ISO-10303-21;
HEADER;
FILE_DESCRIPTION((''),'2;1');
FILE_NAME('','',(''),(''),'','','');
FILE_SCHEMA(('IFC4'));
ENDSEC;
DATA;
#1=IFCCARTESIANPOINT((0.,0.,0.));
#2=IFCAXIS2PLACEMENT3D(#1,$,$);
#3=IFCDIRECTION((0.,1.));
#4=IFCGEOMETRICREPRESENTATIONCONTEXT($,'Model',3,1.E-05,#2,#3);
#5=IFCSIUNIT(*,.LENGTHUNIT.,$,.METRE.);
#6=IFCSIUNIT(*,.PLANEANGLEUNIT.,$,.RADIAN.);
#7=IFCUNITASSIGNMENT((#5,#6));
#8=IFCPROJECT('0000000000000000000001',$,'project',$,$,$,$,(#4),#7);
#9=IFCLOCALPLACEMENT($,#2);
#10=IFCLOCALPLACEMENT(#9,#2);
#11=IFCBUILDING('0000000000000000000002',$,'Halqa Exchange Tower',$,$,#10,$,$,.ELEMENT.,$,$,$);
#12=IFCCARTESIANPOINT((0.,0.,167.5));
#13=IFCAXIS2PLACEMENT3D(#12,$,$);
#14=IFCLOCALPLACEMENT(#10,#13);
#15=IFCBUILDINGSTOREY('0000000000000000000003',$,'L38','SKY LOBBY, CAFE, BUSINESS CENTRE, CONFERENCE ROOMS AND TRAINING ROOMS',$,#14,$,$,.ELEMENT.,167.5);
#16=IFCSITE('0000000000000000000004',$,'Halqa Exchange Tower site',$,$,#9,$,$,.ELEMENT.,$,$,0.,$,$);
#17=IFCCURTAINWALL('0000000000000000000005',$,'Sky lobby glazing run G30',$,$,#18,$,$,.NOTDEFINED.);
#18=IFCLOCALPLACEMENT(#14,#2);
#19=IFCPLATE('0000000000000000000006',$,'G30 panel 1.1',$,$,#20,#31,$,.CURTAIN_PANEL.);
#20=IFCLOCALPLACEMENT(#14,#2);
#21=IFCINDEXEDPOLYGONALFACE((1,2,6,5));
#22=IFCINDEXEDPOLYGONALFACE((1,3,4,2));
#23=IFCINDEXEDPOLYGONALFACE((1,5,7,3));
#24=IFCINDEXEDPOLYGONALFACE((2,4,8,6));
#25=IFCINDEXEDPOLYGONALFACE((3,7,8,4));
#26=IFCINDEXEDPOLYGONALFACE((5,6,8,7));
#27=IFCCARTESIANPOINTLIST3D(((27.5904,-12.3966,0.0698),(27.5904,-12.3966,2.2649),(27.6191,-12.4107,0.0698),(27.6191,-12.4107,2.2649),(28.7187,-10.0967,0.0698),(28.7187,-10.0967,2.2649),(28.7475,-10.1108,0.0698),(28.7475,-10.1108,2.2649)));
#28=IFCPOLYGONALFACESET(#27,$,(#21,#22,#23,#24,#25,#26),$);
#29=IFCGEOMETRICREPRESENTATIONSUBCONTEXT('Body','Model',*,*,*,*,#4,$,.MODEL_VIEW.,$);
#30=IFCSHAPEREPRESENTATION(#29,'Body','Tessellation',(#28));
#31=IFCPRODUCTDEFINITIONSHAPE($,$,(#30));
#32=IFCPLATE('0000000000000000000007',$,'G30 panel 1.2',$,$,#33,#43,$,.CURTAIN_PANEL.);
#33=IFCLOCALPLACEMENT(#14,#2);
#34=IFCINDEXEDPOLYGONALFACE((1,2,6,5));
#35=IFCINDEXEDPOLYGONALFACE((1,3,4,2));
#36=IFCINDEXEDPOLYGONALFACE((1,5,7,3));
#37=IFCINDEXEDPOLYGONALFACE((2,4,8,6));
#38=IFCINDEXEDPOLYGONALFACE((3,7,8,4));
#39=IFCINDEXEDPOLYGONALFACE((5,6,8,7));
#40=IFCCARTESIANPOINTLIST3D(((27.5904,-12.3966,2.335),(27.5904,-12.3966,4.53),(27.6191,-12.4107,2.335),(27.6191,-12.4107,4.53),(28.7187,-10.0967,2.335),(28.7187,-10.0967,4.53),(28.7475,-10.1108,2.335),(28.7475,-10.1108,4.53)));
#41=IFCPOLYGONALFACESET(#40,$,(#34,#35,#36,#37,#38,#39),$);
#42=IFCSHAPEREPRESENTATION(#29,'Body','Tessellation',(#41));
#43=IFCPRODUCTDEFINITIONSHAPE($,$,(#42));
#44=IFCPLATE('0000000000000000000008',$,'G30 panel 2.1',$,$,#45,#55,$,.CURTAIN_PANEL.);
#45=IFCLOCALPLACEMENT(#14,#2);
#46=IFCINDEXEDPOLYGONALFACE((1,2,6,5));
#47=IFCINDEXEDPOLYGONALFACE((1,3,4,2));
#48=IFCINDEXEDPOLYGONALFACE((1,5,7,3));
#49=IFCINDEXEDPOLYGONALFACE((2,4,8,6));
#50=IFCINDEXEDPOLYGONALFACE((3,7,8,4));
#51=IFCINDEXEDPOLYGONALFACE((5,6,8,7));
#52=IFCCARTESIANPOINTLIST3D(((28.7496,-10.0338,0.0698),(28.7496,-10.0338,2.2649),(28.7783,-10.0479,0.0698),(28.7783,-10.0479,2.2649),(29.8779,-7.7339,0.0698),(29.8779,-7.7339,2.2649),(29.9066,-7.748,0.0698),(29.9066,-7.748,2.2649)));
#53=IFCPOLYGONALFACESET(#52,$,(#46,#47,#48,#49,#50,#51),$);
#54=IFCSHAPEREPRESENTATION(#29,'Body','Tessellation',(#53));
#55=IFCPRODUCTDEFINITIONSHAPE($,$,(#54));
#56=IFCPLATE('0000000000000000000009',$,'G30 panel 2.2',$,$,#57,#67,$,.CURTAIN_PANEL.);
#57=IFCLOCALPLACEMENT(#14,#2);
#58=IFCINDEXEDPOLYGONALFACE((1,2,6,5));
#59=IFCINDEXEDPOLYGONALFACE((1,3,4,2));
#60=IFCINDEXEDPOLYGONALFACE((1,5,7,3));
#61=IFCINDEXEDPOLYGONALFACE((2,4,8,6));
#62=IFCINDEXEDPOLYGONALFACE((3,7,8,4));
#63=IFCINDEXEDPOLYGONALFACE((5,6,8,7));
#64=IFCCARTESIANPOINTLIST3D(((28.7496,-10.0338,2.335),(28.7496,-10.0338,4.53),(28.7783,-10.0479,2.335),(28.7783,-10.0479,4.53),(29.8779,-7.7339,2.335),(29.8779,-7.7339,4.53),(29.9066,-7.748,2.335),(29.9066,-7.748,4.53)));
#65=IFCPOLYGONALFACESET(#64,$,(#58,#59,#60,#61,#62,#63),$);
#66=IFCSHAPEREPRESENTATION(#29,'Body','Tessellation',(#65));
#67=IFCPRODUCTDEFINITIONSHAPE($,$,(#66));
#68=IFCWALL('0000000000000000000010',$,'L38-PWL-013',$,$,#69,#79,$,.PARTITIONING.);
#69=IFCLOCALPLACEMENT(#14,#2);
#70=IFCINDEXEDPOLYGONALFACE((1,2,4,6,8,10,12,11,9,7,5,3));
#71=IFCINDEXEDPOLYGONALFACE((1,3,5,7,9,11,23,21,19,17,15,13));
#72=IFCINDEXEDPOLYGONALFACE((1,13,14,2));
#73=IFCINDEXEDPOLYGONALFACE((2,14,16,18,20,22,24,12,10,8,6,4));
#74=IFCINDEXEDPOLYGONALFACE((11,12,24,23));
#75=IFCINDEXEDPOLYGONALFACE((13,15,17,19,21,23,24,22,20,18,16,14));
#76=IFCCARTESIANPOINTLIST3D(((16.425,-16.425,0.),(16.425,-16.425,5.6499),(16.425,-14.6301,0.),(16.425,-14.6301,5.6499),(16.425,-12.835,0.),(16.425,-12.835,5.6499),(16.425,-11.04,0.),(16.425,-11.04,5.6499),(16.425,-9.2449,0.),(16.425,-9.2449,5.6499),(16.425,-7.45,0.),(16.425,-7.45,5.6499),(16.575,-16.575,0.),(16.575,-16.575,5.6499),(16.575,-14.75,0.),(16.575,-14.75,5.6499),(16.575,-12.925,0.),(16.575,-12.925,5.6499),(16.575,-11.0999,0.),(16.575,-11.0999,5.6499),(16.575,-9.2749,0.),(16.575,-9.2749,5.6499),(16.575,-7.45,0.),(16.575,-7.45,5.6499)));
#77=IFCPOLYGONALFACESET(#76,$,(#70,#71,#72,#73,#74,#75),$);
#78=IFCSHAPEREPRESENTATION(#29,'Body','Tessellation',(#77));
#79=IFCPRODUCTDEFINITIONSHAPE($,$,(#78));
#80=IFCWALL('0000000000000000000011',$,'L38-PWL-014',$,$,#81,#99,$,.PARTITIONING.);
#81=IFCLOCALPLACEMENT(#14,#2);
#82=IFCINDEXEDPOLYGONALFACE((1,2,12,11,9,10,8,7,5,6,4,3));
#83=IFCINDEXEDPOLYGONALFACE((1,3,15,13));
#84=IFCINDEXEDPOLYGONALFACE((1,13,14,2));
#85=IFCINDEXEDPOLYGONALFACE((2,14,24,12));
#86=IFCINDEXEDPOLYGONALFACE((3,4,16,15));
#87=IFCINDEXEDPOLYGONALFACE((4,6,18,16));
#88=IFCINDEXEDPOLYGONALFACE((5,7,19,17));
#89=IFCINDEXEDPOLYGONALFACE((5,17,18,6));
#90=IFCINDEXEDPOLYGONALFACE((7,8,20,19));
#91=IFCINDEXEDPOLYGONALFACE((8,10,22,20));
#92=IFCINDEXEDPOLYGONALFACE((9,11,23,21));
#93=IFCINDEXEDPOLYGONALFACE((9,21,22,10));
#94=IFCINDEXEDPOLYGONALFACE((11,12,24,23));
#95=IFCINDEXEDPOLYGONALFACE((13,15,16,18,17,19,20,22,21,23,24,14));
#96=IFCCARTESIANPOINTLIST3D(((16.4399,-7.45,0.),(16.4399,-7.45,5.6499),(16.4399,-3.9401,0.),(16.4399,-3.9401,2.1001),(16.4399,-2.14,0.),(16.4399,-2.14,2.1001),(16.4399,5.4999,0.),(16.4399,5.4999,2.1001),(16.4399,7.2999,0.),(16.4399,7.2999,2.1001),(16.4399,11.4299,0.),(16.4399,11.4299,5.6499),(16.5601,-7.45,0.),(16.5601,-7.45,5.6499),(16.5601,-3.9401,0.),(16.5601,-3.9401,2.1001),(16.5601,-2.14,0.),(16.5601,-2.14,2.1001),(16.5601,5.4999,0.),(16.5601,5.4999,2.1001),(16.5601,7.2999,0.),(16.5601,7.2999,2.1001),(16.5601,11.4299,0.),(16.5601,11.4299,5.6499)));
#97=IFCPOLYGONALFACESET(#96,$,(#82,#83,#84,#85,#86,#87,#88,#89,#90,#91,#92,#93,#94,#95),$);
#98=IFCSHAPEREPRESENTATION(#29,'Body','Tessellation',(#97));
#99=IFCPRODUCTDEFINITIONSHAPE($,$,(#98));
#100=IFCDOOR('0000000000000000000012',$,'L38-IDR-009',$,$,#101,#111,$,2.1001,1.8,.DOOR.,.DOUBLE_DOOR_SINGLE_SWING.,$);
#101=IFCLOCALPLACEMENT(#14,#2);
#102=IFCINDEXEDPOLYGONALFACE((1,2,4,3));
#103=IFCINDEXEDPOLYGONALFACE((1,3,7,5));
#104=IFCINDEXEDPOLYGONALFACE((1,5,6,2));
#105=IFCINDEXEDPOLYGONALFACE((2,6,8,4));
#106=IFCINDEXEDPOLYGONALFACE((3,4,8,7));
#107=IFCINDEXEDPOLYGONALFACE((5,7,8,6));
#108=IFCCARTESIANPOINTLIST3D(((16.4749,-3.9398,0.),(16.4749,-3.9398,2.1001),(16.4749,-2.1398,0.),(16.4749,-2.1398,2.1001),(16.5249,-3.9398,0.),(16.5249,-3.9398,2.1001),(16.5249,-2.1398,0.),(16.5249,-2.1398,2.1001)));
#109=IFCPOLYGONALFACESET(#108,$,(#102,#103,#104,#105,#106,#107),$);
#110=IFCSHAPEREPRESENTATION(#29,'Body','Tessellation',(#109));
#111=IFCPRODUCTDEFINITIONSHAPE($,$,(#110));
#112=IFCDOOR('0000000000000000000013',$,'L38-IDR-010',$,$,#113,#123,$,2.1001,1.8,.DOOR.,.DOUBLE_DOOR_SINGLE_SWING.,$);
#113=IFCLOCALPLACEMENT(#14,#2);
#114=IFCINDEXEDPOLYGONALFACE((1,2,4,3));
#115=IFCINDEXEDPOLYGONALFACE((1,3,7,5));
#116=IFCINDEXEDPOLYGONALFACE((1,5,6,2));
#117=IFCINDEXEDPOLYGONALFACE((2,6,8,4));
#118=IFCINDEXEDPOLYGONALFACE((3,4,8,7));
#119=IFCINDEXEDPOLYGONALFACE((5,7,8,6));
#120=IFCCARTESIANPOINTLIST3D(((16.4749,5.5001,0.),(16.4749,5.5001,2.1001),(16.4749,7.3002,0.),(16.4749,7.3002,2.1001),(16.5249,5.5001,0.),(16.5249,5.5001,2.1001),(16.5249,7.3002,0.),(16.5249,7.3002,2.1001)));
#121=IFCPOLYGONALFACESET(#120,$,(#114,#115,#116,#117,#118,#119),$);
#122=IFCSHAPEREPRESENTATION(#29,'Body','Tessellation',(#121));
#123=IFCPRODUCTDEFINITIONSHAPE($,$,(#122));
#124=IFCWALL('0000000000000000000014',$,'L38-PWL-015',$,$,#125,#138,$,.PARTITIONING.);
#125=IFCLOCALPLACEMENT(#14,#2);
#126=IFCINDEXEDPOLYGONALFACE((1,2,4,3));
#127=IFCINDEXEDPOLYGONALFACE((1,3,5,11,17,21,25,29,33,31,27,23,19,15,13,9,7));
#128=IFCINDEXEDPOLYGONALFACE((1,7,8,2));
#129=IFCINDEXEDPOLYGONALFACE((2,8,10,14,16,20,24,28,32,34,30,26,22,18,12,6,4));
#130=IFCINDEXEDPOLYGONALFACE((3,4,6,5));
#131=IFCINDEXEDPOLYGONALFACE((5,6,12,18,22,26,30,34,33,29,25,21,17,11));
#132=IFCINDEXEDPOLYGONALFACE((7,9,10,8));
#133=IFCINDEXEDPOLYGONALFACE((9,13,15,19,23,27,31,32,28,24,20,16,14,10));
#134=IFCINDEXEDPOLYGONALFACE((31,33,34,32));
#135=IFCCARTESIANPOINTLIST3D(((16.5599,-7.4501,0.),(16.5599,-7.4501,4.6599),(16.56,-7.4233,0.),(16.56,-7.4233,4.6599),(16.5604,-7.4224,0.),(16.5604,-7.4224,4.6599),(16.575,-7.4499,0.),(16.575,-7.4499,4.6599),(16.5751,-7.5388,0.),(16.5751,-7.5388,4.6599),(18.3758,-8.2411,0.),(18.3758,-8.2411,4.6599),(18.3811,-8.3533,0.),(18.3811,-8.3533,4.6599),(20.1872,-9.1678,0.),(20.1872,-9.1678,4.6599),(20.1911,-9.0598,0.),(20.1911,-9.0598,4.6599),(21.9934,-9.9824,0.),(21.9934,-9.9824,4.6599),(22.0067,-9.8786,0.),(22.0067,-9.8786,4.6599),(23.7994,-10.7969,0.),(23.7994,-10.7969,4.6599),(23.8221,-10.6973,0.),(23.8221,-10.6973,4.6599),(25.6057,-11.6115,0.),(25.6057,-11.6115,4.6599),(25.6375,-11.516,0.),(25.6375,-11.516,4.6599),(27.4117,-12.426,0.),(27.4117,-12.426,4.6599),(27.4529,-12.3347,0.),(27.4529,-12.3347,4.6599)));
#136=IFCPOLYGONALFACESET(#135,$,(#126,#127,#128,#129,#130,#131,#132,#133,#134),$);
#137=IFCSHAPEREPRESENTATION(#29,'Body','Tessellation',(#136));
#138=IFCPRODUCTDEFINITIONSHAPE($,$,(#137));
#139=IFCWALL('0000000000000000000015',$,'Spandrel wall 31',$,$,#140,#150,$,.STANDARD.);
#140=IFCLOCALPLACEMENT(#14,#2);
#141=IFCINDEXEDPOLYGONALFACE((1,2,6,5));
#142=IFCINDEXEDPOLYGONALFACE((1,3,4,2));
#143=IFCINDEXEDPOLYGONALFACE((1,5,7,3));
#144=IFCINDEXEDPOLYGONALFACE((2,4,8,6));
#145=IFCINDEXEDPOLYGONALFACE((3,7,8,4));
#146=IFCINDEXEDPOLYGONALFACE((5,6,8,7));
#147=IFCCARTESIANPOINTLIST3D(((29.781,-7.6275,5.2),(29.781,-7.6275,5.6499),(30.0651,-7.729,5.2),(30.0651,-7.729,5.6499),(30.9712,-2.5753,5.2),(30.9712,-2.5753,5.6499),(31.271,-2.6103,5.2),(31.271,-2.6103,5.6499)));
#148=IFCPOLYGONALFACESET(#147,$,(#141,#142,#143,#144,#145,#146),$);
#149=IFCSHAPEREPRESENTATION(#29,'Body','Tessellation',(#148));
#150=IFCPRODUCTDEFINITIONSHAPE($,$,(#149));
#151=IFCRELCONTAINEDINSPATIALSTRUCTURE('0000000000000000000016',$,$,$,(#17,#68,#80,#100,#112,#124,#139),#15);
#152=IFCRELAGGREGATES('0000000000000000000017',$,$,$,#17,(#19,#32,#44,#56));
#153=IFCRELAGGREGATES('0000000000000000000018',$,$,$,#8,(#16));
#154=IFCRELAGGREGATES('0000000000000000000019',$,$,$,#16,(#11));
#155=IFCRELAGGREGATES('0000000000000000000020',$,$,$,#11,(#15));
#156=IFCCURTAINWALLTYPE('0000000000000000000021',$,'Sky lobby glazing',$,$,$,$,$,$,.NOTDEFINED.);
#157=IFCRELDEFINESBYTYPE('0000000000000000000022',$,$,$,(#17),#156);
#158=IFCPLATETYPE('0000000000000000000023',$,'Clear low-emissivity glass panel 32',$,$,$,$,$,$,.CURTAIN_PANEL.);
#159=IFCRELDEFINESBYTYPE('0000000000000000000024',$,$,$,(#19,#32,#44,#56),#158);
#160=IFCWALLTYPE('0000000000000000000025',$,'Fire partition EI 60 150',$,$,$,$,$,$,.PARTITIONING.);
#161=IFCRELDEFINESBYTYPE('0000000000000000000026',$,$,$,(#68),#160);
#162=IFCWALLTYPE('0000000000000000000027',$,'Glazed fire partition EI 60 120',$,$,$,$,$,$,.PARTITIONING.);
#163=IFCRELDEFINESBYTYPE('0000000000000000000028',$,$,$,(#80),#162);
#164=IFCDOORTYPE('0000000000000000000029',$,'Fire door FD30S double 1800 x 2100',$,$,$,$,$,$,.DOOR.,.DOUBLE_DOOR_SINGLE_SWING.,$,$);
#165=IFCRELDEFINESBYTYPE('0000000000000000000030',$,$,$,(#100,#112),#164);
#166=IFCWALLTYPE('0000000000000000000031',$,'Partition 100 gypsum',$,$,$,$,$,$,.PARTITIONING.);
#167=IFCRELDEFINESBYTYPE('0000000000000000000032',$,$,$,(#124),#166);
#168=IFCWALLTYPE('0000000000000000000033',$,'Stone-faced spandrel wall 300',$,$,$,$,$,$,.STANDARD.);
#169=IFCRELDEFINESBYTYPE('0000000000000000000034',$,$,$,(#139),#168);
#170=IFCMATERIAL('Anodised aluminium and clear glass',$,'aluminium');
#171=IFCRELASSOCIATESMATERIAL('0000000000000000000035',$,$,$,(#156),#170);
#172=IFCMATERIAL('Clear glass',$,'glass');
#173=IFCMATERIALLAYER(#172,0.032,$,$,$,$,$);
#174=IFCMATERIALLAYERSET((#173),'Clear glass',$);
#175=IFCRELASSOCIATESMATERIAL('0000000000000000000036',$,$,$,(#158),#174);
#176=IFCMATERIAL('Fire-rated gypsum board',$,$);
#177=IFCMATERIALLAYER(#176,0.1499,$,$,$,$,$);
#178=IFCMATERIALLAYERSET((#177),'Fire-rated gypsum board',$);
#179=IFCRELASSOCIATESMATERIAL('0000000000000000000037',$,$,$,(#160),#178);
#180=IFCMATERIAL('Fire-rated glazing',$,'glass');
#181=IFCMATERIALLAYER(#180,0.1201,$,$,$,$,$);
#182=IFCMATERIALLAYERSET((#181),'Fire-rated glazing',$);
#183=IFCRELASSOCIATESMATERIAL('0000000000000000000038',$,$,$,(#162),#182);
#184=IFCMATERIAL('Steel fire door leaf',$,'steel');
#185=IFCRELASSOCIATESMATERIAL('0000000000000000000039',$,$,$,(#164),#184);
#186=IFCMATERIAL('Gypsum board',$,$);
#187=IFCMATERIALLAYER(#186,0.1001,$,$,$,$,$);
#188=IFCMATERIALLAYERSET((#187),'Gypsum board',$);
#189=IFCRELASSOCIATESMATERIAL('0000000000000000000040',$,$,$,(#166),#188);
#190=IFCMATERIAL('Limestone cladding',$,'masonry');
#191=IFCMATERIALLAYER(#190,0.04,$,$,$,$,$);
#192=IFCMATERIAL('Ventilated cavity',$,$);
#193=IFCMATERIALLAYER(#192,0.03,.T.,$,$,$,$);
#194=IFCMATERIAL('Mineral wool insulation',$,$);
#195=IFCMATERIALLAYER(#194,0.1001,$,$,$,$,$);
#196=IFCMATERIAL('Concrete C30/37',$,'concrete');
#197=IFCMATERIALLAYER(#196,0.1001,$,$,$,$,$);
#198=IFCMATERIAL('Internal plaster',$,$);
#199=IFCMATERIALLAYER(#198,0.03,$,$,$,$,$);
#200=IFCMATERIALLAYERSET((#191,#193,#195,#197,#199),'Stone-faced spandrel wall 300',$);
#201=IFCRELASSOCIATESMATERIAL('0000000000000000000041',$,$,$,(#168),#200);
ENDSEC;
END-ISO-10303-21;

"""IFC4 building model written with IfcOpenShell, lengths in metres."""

from ifc_helpers import new_model, si_unit, direction, frame, frame_2d, origin, origin_2d, place, context, subcontext, project, spatial, polyline, rectangle, outline, extrude, material, layer, layer_set, type_object, element, fill, aggregate, save


model = new_model("IFC4")

# Units and contexts
model_context = context("Model", 3, precision=1e-05, world=origin(), true_north=direction((0.0, 1.0)))
body_context = subcontext(model_context, "Body", "Model", "MODEL_VIEW")
ifc_project = project(units=[si_unit("LENGTHUNIT", "METRE"), si_unit("PLANEANGLEUNIT", "RADIAN")], contexts=[model_context])

# Site, building, storey
site_placement = place(None, origin())
site = spatial("IfcSite", under=ifc_project, at=site_placement, Name="Halqa Exchange Tower site", CompositionType="ELEMENT", RefElevation=0.0)
building_placement = place(site_placement, origin())
building = spatial("IfcBuilding", under=site, at=building_placement, Name="Halqa Exchange Tower", CompositionType="ELEMENT")
storey_placement = place(building_placement, frame((0.0, 0.0, 167.5)))
storey = spatial("IfcBuildingStorey", under=building, at=storey_placement, Name="L38", Description="SKY LOBBY, CAFE, BUSINESS CENTRE, CONFERENCE ROOMS AND TRAINING ROOMS", CompositionType="ELEMENT", Elevation=167.5)

# Curtain wall
ifc_material_1 = material(Name="Anodised aluminium and clear glass", Category="aluminium")
curtain_wall_type = type_object("IfcCurtainWallType", Name="Sky lobby glazing", PredefinedType="NOTDEFINED", material=ifc_material_1)
curtain_wall_1_placement = place(storey_placement, origin())
curtain_wall_1 = element("IfcCurtainWall", 1, at=curtain_wall_1_placement, inside=storey, type_object=curtain_wall_type, Name="Sky lobby glazing run G30", PredefinedType="NOTDEFINED")

# Plates
ifc_material_2 = material(Name="Clear glass", Category="glass")
ifc_layer_1 = layer(ifc_material_2, 0.032)
ifc_layer_set_1 = layer_set([ifc_layer_1], Name="Clear glass")
plate_type = type_object("IfcPlateType", Name="Clear low-emissivity glass panel 32", PredefinedType="CURTAIN_PANEL", material=ifc_layer_set_1)
plate_1_placement = place(storey_placement, frame((28.1689, -11.2537, 0.0698), z_axis=(0.0, 0.0, 1.0), x_axis=(0.440444, 0.89778, 0.0)))
plate_1 = element("IfcPlate", 2, at=plate_1_placement, type_object=plate_type, Name="G30 panel 1.1", PredefinedType="CURTAIN_PANEL", context=body_context, shape_type="SweptSolid", body=[
    extrude(rectangle(XDim=2.5618, YDim=0.032, at=origin_2d()), origin(), (0.0, 0.0, 1.0), 2.1951),
])
plate_2_placement = place(storey_placement, frame((28.1689, -11.2537, 2.335), z_axis=(0.0, 0.0, 1.0), x_axis=(0.440444, 0.89778, 0.0)))
plate_2 = element("IfcPlate", 3, at=plate_2_placement, type_object=plate_type, Name="G30 panel 1.2", PredefinedType="CURTAIN_PANEL", context=body_context, shape_type="SweptSolid", body=[
    extrude(rectangle(XDim=2.5618, YDim=0.032, at=origin_2d()), origin(), (0.0, 0.0, 1.0), 2.1951),
])
plate_3_placement = place(storey_placement, frame((29.3281, -8.8909, 0.0698), z_axis=(0.0, 0.0, 1.0), x_axis=(0.440444, 0.89778, 0.0)))
plate_3 = element("IfcPlate", 4, at=plate_3_placement, type_object=plate_type, Name="G30 panel 2.1", PredefinedType="CURTAIN_PANEL", context=body_context, shape_type="SweptSolid", body=[
    extrude(rectangle(XDim=2.5618, YDim=0.032, at=origin_2d()), origin(), (0.0, 0.0, 1.0), 2.1951),
])
plate_4_placement = place(storey_placement, frame((29.3281, -8.8909, 2.335), z_axis=(0.0, 0.0, 1.0), x_axis=(0.440444, 0.89778, 0.0)))
plate_4 = element("IfcPlate", 5, at=plate_4_placement, type_object=plate_type, Name="G30 panel 2.2", PredefinedType="CURTAIN_PANEL", context=body_context, shape_type="SweptSolid", body=[
    extrude(rectangle(XDim=2.5618, YDim=0.032, at=origin_2d()), origin(), (0.0, 0.0, 1.0), 2.1951),
])
aggregate(curtain_wall_1, [plate_1, plate_2, plate_3, plate_4])

# Wall
ifc_material_3 = material(Name="Fire-rated gypsum board")
ifc_layer_2 = layer(ifc_material_3, 0.1499)
ifc_layer_set_2 = layer_set([ifc_layer_2], Name="Fire-rated gypsum board")
wall_type_1 = type_object("IfcWallType", Name="Fire partition EI 60 150", PredefinedType="PARTITIONING", material=ifc_layer_set_2)
wall_1_placement = place(storey_placement, frame((16.5, -7.45, 0.0), z_axis=(0.0, 0.0, 1.0), x_axis=(0.0, -1.0, 0.0)))
element("IfcWall", 6, at=wall_1_placement, inside=storey, type_object=wall_type_1, Name="L38-PWL-013", PredefinedType="PARTITIONING", context=body_context, shape_type="SweptSolid", body=[
    extrude(outline(polyline([(0.0, -0.075), (1.7949, -0.075), (3.5901, -0.075), (5.385, -0.075), (7.1802, -0.075), (8.9751, -0.075), (9.125, 0.075), (7.3, 0.075), (5.4751, 0.075), (3.6499, 0.075), (1.825, 0.075), (0.0, 0.075), (0.0, -0.075)])), origin(), (0.0, 0.0, 1.0), 5.6499),
])

# Wall, openings, doors
ifc_material_4 = material(Name="Fire-rated glazing", Category="glass")
ifc_layer_3 = layer(ifc_material_4, 0.1201)
ifc_layer_set_3 = layer_set([ifc_layer_3], Name="Fire-rated glazing")
wall_type_2 = type_object("IfcWallType", Name="Glazed fire partition EI 60 120", PredefinedType="PARTITIONING", material=ifc_layer_set_3)
wall_2_placement = place(storey_placement, frame((16.5, -7.45, 0.0), z_axis=(0.0, 0.0, 1.0), x_axis=(0.0, 1.0, 0.0)))
wall_2 = element("IfcWall", 7, at=wall_2_placement, inside=storey, type_object=wall_type_2, Name="L38-PWL-014", PredefinedType="PARTITIONING", context=body_context, shape_type="SweptSolid", body=[
    extrude(rectangle(XDim=18.8799, YDim=0.1201, at=frame_2d((9.4399, 0.0))), origin(), (0.0, 0.0, 1.0), 5.6499),
])
opening_1_placement = place(wall_2_placement, frame((3.51, 0.0, 0.0)))
opening_1 = element("IfcOpeningElement", 8, at=opening_1_placement, cuts=wall_2, PredefinedType="OPENING", context=body_context, shape_type="SweptSolid", body=[
    extrude(rectangle(XDim=1.8, YDim=2.1001, at=frame_2d((0.8999, 1.05))), frame((0.0, 0.072, 0.0), z_axis=(0.0, -1.0, 0.0), x_axis=(1.0, 0.0, 0.0)), (0.0, 0.0, 1.0), 0.144),
])
opening_2_placement = place(wall_2_placement, frame((12.95, 0.0, 0.0)))
opening_2 = element("IfcOpeningElement", 9, at=opening_2_placement, cuts=wall_2, PredefinedType="OPENING", context=body_context, shape_type="SweptSolid", body=[
    extrude(rectangle(XDim=1.8, YDim=2.1001, at=frame_2d((0.8999, 1.05))), frame((0.0, 0.072, 0.0), z_axis=(0.0, -1.0, 0.0), x_axis=(1.0, 0.0, 0.0)), (0.0, 0.0, 1.0), 0.144),
])
ifc_material_5 = material(Name="Steel fire door leaf", Category="steel")
door_type = type_object("IfcDoorType", Name="Fire door FD30S double 1800 x 2100", OperationType="DOUBLE_DOOR_SINGLE_SWING", PredefinedType="DOOR", material=ifc_material_5)
door_1_placement = place(opening_1_placement, frame((1.8, 0.0, 0.0), z_axis=(0.0, 0.0, 1.0), x_axis=(-1.0, 0.0, 0.0)))
door_1 = element("IfcDoor", 10, at=door_1_placement, inside=storey, type_object=door_type, Name="L38-IDR-009", OperationType="DOUBLE_DOOR_SINGLE_SWING", OverallHeight=2.1001, OverallWidth=1.8, PredefinedType="DOOR", context=body_context, shape_type="SweptSolid", body=[
    extrude(rectangle(XDim=1.8, YDim=2.1001, at=frame_2d((0.8999, 1.05))), frame((0.0, 0.0249, 0.0), z_axis=(0.0, -1.0, 0.0), x_axis=(1.0, 0.0, 0.0)), (0.0, 0.0, 1.0), 0.05),
])
fill(opening_1, door_1)
door_2_placement = place(opening_2_placement, frame((1.8, 0.0, 0.0), z_axis=(0.0, 0.0, 1.0), x_axis=(-1.0, 0.0, 0.0)))
door_2 = element("IfcDoor", 11, at=door_2_placement, inside=storey, type_object=door_type, Name="L38-IDR-010", OperationType="DOUBLE_DOOR_SINGLE_SWING", OverallHeight=2.1001, OverallWidth=1.8, PredefinedType="DOOR", context=body_context, shape_type="SweptSolid", body=[
    extrude(rectangle(XDim=1.8, YDim=2.1001, at=frame_2d((0.8999, 1.05))), frame((0.0, 0.0249, 0.0), z_axis=(0.0, -1.0, 0.0), x_axis=(1.0, 0.0, 0.0)), (0.0, 0.0, 1.0), 0.05),
])
fill(opening_2, door_2)

# Walls
ifc_material_6 = material(Name="Gypsum board")
ifc_layer_4 = layer(ifc_material_6, 0.1001)
ifc_layer_set_4 = layer_set([ifc_layer_4], Name="Gypsum board")
wall_type_3 = type_object("IfcWallType", Name="Partition 100 gypsum", PredefinedType="PARTITIONING", material=ifc_layer_set_4)
wall_3_placement = place(storey_placement, frame((16.5398, -7.468, 0.0), z_axis=(0.0, 0.0, 1.0), x_axis=(0.911586, -0.411109, 0.0)))
element("IfcWall", 12, at=wall_3_placement, inside=storey, type_object=wall_type_3, Name="L38-PWL-015", PredefinedType="PARTITIONING", context=body_context, shape_type="SweptSolid", body=[
    extrude(outline(polyline([(0.0, 0.05), (0.0, 0.0491), (0.011, 0.0247), (0.0247, 0.031), (0.0613, -0.05), (2.0425, -0.05), (4.0237, -0.05), (6.0051, -0.05), (7.9863, -0.05), (9.9678, -0.05), (11.949, -0.05), (11.949, 0.05), (9.9575, 0.05), (7.9661, 0.05), (5.9746, 0.05), (3.9829, 0.05), (1.9915, 0.05), (0.0, 0.05)])), origin(), (0.0, 0.0, 1.0), 4.6599),
])
ifc_material_7 = material(Name="Limestone cladding", Category="masonry")
ifc_layer_5 = layer(ifc_material_7, 0.04)
ifc_material_8 = material(Name="Ventilated cavity")
ifc_layer_6 = layer(ifc_material_8, 0.03, ventilated=True)
ifc_material_9 = material(Name="Mineral wool insulation")
ifc_layer_7 = layer(ifc_material_9, 0.1001)
ifc_material_10 = material(Name="Concrete C30/37", Category="concrete")
ifc_layer_8 = layer(ifc_material_10, 0.1001)
ifc_material_11 = material(Name="Internal plaster")
ifc_layer_9 = layer(ifc_material_11, 0.03)
ifc_layer_set_5 = layer_set([ifc_layer_5, ifc_layer_6, ifc_layer_7, ifc_layer_8, ifc_layer_9], Name="Stone-faced spandrel wall 300")
wall_type_4 = type_object("IfcWallType", Name="Stone-faced spandrel wall 300", PredefinedType="STANDARD", material=ifc_layer_set_5)
wall_4_placement = place(storey_placement, frame((29.9231, -7.6782, 5.2), z_axis=(0.0, 0.0, 1.0), x_axis=(0.229297, 0.973356, 0.0)))
element("IfcWall", 13, at=wall_4_placement, inside=storey, type_object=wall_type_4, Name="Spandrel wall 31", PredefinedType="STANDARD", context=body_context, shape_type="SweptSolid", body=[
    extrude(outline(polyline([(-0.0168, -0.1499), (5.2419, -0.1499), (5.2073, 0.1499), (0.0168, 0.1499), (-0.0168, -0.1499)])), origin(), (0.0, 0.0, 1.0), 0.45),
])

save(model, "model.ifc")
